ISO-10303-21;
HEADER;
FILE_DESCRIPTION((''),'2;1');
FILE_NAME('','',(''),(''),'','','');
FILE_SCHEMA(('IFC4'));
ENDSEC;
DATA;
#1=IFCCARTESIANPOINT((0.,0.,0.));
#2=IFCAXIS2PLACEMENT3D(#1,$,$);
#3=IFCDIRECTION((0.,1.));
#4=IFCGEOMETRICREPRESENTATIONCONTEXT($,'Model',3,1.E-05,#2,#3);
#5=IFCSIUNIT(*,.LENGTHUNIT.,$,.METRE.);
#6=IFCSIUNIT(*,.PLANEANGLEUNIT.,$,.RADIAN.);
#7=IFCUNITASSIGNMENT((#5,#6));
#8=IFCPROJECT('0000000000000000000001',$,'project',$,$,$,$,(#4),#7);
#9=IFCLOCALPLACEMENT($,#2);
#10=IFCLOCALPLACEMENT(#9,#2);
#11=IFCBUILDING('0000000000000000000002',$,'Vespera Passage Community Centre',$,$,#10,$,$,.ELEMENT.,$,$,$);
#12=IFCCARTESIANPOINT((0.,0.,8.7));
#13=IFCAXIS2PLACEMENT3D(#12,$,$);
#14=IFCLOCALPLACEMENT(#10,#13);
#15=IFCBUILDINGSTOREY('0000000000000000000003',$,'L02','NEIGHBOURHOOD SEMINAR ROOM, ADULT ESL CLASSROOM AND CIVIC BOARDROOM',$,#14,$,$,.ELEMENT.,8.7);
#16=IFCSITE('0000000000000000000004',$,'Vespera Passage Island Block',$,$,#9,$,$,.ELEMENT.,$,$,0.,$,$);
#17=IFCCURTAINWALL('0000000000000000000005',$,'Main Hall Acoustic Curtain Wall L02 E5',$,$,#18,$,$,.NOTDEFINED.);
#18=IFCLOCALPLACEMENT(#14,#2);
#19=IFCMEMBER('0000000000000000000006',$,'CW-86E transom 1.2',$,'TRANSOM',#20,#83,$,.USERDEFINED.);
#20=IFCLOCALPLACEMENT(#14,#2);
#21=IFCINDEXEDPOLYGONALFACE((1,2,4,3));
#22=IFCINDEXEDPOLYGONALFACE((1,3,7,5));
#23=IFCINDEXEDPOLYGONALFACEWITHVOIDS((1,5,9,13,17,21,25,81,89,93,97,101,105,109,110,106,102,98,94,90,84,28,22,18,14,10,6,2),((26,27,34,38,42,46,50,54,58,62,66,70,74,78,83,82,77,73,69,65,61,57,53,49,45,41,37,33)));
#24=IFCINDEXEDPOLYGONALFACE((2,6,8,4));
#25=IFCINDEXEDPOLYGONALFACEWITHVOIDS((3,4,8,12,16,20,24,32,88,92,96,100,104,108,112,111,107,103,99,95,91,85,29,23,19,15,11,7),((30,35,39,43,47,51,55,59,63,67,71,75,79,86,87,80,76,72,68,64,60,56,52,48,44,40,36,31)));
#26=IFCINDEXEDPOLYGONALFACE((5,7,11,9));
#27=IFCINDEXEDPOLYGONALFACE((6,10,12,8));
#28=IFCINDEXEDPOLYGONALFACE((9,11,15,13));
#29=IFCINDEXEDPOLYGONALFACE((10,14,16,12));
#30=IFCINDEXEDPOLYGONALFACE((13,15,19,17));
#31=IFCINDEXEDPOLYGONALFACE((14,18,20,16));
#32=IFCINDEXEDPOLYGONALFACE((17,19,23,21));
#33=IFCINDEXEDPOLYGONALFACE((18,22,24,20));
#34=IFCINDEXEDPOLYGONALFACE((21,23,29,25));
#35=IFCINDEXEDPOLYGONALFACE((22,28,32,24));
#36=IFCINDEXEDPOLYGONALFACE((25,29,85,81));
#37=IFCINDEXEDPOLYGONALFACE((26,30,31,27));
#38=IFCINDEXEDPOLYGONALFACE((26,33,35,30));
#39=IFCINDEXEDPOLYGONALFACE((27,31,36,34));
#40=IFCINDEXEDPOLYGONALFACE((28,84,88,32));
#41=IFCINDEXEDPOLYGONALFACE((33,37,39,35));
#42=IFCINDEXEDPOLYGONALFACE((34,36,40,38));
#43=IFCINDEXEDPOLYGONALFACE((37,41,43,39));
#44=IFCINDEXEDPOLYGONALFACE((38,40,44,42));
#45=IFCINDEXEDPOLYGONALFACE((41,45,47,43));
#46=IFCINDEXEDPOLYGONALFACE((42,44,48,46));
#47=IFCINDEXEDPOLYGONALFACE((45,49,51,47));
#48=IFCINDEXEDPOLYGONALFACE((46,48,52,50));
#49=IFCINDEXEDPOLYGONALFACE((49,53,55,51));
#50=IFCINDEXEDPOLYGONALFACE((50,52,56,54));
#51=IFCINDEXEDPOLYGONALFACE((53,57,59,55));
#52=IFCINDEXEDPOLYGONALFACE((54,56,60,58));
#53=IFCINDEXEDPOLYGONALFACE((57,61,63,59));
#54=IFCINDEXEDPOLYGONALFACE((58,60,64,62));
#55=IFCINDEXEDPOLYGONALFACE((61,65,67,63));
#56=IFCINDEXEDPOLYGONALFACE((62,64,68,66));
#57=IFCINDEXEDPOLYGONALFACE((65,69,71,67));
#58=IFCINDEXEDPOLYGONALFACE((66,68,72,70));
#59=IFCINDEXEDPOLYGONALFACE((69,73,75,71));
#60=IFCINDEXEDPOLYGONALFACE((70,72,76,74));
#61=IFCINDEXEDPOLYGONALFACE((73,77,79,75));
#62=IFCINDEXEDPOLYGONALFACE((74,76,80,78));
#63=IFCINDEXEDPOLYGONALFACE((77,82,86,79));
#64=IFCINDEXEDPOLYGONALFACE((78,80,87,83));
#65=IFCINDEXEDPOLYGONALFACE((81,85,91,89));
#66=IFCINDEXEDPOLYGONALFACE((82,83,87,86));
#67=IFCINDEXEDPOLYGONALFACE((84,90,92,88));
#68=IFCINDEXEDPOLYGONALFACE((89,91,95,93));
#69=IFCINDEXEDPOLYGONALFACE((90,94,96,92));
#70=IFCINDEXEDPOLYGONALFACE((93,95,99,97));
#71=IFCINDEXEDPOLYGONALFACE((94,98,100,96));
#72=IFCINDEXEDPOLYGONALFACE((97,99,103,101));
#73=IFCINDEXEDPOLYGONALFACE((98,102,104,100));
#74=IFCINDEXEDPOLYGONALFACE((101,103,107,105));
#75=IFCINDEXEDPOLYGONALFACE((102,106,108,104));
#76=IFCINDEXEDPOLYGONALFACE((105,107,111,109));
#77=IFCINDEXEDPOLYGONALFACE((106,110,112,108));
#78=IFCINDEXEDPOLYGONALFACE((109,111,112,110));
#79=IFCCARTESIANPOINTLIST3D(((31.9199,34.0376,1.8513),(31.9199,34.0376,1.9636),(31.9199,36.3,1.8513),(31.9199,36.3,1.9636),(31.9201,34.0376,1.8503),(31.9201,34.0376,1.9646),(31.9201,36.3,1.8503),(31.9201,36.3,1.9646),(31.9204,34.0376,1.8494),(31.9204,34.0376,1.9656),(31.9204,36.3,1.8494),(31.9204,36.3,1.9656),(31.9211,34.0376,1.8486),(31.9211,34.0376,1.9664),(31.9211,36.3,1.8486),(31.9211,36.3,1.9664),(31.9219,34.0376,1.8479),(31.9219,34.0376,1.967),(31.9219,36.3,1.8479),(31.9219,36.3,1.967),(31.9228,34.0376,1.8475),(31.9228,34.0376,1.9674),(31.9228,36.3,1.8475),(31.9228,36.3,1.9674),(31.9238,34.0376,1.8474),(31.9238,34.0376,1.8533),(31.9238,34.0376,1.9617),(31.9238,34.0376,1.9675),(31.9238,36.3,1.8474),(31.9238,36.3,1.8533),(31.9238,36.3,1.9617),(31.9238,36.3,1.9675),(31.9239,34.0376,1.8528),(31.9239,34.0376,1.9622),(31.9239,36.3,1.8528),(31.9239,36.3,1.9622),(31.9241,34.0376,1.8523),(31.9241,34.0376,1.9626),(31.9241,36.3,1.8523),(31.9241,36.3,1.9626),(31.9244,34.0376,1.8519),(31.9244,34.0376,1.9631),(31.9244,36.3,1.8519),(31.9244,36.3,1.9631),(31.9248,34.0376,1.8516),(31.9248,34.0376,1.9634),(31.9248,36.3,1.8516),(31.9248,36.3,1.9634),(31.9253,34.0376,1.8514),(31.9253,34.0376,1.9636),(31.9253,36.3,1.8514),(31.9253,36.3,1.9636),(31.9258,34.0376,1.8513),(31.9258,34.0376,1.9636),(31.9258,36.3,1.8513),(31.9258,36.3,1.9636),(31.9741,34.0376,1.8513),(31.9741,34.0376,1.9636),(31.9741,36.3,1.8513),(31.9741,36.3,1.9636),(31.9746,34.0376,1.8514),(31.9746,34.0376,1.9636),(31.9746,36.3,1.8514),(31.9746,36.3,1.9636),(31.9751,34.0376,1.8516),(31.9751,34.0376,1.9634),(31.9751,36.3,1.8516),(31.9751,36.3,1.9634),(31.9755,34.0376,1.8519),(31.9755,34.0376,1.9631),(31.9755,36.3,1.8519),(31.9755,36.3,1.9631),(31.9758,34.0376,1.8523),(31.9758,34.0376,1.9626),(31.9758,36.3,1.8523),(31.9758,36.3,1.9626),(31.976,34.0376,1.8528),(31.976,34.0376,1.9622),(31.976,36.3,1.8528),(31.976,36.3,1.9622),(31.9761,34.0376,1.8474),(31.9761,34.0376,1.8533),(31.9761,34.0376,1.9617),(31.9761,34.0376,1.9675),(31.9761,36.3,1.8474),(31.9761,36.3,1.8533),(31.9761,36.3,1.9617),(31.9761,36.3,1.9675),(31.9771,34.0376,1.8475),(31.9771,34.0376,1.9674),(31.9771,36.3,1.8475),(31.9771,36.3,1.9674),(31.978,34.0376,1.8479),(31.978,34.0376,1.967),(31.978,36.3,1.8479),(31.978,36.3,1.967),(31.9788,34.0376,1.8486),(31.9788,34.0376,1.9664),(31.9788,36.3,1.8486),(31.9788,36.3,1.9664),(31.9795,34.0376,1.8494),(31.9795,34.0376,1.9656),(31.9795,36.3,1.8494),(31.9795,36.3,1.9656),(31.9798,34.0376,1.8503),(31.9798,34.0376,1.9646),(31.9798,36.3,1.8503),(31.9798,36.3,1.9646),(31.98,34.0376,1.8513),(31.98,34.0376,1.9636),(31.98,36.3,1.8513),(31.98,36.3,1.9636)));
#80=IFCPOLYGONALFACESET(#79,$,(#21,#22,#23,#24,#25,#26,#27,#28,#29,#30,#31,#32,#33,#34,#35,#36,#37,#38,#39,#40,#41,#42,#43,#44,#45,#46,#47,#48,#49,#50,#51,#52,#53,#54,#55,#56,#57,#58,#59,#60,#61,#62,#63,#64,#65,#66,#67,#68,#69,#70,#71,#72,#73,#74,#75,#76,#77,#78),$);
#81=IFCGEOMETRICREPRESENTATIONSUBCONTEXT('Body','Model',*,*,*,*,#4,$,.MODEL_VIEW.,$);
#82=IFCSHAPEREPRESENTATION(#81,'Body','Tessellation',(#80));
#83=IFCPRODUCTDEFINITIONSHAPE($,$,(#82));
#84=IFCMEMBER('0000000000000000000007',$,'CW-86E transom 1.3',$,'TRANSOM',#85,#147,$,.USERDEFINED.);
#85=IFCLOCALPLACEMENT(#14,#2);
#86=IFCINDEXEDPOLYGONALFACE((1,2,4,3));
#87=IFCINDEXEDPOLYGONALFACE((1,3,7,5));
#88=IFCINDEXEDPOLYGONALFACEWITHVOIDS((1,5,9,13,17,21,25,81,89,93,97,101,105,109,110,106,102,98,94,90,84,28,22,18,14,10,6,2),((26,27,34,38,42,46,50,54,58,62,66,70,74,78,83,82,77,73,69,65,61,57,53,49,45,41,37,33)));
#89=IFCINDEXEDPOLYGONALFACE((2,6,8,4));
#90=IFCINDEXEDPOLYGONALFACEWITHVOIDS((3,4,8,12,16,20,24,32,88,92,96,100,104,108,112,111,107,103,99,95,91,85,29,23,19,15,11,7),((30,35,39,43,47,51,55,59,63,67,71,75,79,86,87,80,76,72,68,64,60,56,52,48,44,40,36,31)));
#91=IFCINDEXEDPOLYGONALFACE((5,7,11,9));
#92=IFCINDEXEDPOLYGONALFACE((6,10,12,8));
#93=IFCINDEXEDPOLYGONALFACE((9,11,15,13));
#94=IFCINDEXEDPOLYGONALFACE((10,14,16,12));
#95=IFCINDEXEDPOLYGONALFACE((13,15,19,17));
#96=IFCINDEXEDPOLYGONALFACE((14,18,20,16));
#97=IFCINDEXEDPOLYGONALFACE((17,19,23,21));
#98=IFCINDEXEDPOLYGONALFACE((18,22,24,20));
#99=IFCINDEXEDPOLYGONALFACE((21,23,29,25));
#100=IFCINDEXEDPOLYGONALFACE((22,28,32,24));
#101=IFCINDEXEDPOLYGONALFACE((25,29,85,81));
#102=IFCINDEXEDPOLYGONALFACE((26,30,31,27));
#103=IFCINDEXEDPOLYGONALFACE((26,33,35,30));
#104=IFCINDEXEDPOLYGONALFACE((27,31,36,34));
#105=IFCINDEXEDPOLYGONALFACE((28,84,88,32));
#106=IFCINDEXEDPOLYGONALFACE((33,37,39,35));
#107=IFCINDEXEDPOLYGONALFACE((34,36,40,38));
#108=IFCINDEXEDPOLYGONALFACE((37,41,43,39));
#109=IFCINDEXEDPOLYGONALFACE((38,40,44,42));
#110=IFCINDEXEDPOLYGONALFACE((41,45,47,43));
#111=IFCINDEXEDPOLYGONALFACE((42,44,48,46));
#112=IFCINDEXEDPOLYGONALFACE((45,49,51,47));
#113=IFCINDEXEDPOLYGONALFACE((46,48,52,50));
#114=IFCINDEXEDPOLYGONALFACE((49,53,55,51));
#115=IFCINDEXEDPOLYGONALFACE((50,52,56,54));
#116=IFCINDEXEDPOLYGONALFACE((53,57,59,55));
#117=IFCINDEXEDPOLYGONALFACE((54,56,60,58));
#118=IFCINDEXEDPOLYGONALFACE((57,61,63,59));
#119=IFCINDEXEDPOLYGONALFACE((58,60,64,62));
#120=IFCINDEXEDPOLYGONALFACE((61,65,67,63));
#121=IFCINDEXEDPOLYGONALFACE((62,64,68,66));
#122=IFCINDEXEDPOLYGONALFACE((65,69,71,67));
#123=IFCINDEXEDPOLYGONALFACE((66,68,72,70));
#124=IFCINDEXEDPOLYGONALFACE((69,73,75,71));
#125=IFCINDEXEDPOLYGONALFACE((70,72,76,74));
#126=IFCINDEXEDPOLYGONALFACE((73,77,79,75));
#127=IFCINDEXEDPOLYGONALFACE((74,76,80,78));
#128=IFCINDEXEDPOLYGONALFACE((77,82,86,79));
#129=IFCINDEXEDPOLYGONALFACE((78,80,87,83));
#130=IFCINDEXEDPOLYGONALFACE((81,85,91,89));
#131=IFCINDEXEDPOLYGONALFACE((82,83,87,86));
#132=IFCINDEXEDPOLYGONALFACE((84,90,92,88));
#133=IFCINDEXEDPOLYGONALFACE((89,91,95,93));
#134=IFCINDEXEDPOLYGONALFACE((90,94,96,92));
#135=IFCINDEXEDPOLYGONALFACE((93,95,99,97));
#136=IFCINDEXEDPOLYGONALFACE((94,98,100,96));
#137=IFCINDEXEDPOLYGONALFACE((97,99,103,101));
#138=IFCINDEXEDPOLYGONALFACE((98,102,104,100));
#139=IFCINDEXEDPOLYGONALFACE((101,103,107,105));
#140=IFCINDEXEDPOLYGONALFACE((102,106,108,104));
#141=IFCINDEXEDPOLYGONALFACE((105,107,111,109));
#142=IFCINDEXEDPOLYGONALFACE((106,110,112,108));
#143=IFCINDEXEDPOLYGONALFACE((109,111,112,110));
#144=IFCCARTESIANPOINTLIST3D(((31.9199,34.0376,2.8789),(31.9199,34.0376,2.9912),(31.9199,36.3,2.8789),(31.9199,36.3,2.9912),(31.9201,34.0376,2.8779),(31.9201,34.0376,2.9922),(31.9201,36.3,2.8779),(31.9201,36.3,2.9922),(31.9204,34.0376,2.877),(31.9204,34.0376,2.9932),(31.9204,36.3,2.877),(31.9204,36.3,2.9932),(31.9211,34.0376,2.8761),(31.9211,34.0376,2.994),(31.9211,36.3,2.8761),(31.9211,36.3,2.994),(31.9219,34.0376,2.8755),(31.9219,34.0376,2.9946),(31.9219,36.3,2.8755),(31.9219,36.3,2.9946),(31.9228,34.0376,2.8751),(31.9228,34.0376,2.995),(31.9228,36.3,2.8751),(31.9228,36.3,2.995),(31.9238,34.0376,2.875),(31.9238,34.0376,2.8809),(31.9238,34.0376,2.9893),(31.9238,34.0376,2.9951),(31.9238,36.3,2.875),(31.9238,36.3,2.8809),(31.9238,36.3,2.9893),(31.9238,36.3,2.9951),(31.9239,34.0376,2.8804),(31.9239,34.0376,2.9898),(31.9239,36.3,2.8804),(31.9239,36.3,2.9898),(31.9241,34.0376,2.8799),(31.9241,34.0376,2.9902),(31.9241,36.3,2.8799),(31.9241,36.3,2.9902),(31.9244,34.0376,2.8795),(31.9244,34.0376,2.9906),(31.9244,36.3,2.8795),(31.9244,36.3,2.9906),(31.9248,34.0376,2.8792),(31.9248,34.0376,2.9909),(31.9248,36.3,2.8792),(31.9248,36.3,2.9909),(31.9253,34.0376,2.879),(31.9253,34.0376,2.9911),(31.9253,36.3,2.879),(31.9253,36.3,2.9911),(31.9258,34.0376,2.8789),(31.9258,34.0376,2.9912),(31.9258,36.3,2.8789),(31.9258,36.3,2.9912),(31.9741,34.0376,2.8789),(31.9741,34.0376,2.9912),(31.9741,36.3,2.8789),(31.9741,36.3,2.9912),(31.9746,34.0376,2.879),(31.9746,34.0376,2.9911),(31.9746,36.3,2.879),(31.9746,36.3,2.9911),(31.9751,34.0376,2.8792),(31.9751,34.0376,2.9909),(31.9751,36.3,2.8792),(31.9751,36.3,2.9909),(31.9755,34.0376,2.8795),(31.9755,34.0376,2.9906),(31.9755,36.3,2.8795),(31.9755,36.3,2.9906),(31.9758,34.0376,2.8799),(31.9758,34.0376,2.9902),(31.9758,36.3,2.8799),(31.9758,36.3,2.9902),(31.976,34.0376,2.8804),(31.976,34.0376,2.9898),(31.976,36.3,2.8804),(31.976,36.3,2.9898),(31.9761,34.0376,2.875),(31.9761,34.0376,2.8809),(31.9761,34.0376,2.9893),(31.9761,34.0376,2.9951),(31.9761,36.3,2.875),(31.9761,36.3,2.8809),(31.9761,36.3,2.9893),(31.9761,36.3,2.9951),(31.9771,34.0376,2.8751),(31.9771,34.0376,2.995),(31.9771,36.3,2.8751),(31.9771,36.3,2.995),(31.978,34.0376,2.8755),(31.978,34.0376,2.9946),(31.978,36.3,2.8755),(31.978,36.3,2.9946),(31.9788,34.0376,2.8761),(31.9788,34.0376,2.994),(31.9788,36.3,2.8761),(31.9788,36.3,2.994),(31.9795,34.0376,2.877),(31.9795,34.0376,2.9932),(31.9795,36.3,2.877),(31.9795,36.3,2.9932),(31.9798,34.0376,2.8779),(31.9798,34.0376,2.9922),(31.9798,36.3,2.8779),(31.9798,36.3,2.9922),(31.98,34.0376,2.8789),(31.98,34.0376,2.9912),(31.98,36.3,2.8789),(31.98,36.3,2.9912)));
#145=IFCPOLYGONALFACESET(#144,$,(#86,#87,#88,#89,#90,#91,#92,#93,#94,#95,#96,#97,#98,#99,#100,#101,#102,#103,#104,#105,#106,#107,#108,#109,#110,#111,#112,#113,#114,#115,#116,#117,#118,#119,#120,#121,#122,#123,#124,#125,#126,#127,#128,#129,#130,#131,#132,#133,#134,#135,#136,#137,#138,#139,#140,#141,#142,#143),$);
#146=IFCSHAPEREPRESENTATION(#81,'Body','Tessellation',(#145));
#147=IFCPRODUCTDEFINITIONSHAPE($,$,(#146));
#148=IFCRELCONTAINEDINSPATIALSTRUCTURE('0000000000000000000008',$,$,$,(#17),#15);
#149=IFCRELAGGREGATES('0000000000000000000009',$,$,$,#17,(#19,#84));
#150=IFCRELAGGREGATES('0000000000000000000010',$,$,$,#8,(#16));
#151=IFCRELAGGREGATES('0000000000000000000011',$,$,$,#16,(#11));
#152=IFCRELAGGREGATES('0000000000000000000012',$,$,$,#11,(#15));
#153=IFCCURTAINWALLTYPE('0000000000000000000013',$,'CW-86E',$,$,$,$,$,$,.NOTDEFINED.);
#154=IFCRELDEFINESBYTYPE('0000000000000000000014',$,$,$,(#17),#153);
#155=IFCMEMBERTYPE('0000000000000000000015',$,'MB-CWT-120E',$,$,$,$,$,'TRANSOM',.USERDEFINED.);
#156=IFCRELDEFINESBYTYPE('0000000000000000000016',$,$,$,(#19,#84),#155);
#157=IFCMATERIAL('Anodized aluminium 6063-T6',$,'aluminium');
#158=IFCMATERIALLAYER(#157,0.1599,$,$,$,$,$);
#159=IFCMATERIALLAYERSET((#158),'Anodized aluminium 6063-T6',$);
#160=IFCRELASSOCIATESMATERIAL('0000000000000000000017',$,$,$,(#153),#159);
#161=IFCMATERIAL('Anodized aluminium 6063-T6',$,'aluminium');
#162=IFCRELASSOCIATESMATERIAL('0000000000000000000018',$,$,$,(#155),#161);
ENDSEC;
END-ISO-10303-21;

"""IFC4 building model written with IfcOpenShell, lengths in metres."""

from ifc_helpers import new_model, si_unit, direction, frame, origin, origin_2d, place, context, subcontext, project, spatial, hollow_rectangle, extrude, material, layer, layer_set, material_profile, profile_set, type_object, element, aggregate, save


model = new_model("IFC4")

# Units and contexts
model_context = context("Model", 3, precision=1e-05, world=origin(), true_north=direction((0.0, 1.0)))
body_context = subcontext(model_context, "Body", "Model", "MODEL_VIEW")
ifc_project = project(units=[si_unit("LENGTHUNIT", "METRE"), si_unit("PLANEANGLEUNIT", "RADIAN")], contexts=[model_context])

# Site, building, storey
site_placement = place(None, origin())
site = spatial("IfcSite", under=ifc_project, at=site_placement, Name="Vespera Passage Island Block", CompositionType="ELEMENT", RefElevation=0.0)
building_placement = place(site_placement, origin())
building = spatial("IfcBuilding", under=site, at=building_placement, Name="Vespera Passage Community Centre", CompositionType="ELEMENT")
storey_placement = place(building_placement, frame((0.0, 0.0, 8.7)))
storey = spatial("IfcBuildingStorey", under=building, at=storey_placement, Name="L02", Description="NEIGHBOURHOOD SEMINAR ROOM, ADULT ESL CLASSROOM AND CIVIC BOARDROOM", CompositionType="ELEMENT", Elevation=8.7)

# Curtain wall
ifc_material_1 = material(Name="Anodized aluminium 6063-T6", Category="aluminium")
ifc_layer_1 = layer(ifc_material_1, 0.1599)
ifc_layer_set_1 = layer_set([ifc_layer_1], Name="Anodized aluminium 6063-T6")
curtain_wall_type_1 = type_object("IfcCurtainWallType", Name="CW-86E", PredefinedType="NOTDEFINED", material=ifc_layer_set_1)
curtain_wall_1_placement = place(storey_placement, origin())
curtain_wall_1 = element("IfcCurtainWall", 1, at=curtain_wall_1_placement, inside=storey, type_object=curtain_wall_type_1, Name="Main Hall Acoustic Curtain Wall L02 E5", PredefinedType="NOTDEFINED")

# Members
ifc_material_2 = material(Name="Anodized aluminium 6063-T6", Category="aluminium")
ifc_material_profile_1 = material_profile(ifc_material_2, hollow_rectangle(XDim=0.0601, YDim=0.1201, WallThickness=0.0039, InnerFilletRadius=0.002, OuterFilletRadius=0.0039, at=origin_2d()), Name="ALU120X60X4")
ifc_profile_set_1 = profile_set([ifc_material_profile_1], Name="Anodized aluminium 6063-T6")
member_type_1 = type_object("IfcMemberType", Name="MB-CWT-120E", ElementType="TRANSOM", PredefinedType="USERDEFINED", material=ifc_profile_set_1)
member_1_placement = place(storey_placement, frame((31.95, 36.3, 1.9075), z_axis=(0.0, -1.0, 0.0), x_axis=(1.0, 0.0, 0.0)))
member_1 = element("IfcMember", 2, at=member_1_placement, type_object=member_type_1, Name="CW-86E transom 1.2", ObjectType="TRANSOM", PredefinedType="USERDEFINED", context=body_context, shape_type="SweptSolid", body=[
    extrude(hollow_rectangle(XDim=0.0601, YDim=0.1201, WallThickness=0.0039, InnerFilletRadius=0.002, OuterFilletRadius=0.0039, at=origin_2d()), origin(), (0.0, 0.0, 1.0), 2.2625),
])
member_2_placement = place(storey_placement, frame((31.95, 36.3, 2.9351), z_axis=(0.0, -1.0, 0.0), x_axis=(1.0, 0.0, 0.0)))
member_2 = element("IfcMember", 3, at=member_2_placement, type_object=member_type_1, Name="CW-86E transom 1.3", ObjectType="TRANSOM", PredefinedType="USERDEFINED", context=body_context, shape_type="SweptSolid", body=[
    extrude(hollow_rectangle(XDim=0.0601, YDim=0.1201, WallThickness=0.0039, InnerFilletRadius=0.002, OuterFilletRadius=0.0039, at=origin_2d()), origin(), (0.0, 0.0, 1.0), 2.2625),
])

aggregate(curtain_wall_1, [member_1, member_2])

save(model, "model.ifc")
